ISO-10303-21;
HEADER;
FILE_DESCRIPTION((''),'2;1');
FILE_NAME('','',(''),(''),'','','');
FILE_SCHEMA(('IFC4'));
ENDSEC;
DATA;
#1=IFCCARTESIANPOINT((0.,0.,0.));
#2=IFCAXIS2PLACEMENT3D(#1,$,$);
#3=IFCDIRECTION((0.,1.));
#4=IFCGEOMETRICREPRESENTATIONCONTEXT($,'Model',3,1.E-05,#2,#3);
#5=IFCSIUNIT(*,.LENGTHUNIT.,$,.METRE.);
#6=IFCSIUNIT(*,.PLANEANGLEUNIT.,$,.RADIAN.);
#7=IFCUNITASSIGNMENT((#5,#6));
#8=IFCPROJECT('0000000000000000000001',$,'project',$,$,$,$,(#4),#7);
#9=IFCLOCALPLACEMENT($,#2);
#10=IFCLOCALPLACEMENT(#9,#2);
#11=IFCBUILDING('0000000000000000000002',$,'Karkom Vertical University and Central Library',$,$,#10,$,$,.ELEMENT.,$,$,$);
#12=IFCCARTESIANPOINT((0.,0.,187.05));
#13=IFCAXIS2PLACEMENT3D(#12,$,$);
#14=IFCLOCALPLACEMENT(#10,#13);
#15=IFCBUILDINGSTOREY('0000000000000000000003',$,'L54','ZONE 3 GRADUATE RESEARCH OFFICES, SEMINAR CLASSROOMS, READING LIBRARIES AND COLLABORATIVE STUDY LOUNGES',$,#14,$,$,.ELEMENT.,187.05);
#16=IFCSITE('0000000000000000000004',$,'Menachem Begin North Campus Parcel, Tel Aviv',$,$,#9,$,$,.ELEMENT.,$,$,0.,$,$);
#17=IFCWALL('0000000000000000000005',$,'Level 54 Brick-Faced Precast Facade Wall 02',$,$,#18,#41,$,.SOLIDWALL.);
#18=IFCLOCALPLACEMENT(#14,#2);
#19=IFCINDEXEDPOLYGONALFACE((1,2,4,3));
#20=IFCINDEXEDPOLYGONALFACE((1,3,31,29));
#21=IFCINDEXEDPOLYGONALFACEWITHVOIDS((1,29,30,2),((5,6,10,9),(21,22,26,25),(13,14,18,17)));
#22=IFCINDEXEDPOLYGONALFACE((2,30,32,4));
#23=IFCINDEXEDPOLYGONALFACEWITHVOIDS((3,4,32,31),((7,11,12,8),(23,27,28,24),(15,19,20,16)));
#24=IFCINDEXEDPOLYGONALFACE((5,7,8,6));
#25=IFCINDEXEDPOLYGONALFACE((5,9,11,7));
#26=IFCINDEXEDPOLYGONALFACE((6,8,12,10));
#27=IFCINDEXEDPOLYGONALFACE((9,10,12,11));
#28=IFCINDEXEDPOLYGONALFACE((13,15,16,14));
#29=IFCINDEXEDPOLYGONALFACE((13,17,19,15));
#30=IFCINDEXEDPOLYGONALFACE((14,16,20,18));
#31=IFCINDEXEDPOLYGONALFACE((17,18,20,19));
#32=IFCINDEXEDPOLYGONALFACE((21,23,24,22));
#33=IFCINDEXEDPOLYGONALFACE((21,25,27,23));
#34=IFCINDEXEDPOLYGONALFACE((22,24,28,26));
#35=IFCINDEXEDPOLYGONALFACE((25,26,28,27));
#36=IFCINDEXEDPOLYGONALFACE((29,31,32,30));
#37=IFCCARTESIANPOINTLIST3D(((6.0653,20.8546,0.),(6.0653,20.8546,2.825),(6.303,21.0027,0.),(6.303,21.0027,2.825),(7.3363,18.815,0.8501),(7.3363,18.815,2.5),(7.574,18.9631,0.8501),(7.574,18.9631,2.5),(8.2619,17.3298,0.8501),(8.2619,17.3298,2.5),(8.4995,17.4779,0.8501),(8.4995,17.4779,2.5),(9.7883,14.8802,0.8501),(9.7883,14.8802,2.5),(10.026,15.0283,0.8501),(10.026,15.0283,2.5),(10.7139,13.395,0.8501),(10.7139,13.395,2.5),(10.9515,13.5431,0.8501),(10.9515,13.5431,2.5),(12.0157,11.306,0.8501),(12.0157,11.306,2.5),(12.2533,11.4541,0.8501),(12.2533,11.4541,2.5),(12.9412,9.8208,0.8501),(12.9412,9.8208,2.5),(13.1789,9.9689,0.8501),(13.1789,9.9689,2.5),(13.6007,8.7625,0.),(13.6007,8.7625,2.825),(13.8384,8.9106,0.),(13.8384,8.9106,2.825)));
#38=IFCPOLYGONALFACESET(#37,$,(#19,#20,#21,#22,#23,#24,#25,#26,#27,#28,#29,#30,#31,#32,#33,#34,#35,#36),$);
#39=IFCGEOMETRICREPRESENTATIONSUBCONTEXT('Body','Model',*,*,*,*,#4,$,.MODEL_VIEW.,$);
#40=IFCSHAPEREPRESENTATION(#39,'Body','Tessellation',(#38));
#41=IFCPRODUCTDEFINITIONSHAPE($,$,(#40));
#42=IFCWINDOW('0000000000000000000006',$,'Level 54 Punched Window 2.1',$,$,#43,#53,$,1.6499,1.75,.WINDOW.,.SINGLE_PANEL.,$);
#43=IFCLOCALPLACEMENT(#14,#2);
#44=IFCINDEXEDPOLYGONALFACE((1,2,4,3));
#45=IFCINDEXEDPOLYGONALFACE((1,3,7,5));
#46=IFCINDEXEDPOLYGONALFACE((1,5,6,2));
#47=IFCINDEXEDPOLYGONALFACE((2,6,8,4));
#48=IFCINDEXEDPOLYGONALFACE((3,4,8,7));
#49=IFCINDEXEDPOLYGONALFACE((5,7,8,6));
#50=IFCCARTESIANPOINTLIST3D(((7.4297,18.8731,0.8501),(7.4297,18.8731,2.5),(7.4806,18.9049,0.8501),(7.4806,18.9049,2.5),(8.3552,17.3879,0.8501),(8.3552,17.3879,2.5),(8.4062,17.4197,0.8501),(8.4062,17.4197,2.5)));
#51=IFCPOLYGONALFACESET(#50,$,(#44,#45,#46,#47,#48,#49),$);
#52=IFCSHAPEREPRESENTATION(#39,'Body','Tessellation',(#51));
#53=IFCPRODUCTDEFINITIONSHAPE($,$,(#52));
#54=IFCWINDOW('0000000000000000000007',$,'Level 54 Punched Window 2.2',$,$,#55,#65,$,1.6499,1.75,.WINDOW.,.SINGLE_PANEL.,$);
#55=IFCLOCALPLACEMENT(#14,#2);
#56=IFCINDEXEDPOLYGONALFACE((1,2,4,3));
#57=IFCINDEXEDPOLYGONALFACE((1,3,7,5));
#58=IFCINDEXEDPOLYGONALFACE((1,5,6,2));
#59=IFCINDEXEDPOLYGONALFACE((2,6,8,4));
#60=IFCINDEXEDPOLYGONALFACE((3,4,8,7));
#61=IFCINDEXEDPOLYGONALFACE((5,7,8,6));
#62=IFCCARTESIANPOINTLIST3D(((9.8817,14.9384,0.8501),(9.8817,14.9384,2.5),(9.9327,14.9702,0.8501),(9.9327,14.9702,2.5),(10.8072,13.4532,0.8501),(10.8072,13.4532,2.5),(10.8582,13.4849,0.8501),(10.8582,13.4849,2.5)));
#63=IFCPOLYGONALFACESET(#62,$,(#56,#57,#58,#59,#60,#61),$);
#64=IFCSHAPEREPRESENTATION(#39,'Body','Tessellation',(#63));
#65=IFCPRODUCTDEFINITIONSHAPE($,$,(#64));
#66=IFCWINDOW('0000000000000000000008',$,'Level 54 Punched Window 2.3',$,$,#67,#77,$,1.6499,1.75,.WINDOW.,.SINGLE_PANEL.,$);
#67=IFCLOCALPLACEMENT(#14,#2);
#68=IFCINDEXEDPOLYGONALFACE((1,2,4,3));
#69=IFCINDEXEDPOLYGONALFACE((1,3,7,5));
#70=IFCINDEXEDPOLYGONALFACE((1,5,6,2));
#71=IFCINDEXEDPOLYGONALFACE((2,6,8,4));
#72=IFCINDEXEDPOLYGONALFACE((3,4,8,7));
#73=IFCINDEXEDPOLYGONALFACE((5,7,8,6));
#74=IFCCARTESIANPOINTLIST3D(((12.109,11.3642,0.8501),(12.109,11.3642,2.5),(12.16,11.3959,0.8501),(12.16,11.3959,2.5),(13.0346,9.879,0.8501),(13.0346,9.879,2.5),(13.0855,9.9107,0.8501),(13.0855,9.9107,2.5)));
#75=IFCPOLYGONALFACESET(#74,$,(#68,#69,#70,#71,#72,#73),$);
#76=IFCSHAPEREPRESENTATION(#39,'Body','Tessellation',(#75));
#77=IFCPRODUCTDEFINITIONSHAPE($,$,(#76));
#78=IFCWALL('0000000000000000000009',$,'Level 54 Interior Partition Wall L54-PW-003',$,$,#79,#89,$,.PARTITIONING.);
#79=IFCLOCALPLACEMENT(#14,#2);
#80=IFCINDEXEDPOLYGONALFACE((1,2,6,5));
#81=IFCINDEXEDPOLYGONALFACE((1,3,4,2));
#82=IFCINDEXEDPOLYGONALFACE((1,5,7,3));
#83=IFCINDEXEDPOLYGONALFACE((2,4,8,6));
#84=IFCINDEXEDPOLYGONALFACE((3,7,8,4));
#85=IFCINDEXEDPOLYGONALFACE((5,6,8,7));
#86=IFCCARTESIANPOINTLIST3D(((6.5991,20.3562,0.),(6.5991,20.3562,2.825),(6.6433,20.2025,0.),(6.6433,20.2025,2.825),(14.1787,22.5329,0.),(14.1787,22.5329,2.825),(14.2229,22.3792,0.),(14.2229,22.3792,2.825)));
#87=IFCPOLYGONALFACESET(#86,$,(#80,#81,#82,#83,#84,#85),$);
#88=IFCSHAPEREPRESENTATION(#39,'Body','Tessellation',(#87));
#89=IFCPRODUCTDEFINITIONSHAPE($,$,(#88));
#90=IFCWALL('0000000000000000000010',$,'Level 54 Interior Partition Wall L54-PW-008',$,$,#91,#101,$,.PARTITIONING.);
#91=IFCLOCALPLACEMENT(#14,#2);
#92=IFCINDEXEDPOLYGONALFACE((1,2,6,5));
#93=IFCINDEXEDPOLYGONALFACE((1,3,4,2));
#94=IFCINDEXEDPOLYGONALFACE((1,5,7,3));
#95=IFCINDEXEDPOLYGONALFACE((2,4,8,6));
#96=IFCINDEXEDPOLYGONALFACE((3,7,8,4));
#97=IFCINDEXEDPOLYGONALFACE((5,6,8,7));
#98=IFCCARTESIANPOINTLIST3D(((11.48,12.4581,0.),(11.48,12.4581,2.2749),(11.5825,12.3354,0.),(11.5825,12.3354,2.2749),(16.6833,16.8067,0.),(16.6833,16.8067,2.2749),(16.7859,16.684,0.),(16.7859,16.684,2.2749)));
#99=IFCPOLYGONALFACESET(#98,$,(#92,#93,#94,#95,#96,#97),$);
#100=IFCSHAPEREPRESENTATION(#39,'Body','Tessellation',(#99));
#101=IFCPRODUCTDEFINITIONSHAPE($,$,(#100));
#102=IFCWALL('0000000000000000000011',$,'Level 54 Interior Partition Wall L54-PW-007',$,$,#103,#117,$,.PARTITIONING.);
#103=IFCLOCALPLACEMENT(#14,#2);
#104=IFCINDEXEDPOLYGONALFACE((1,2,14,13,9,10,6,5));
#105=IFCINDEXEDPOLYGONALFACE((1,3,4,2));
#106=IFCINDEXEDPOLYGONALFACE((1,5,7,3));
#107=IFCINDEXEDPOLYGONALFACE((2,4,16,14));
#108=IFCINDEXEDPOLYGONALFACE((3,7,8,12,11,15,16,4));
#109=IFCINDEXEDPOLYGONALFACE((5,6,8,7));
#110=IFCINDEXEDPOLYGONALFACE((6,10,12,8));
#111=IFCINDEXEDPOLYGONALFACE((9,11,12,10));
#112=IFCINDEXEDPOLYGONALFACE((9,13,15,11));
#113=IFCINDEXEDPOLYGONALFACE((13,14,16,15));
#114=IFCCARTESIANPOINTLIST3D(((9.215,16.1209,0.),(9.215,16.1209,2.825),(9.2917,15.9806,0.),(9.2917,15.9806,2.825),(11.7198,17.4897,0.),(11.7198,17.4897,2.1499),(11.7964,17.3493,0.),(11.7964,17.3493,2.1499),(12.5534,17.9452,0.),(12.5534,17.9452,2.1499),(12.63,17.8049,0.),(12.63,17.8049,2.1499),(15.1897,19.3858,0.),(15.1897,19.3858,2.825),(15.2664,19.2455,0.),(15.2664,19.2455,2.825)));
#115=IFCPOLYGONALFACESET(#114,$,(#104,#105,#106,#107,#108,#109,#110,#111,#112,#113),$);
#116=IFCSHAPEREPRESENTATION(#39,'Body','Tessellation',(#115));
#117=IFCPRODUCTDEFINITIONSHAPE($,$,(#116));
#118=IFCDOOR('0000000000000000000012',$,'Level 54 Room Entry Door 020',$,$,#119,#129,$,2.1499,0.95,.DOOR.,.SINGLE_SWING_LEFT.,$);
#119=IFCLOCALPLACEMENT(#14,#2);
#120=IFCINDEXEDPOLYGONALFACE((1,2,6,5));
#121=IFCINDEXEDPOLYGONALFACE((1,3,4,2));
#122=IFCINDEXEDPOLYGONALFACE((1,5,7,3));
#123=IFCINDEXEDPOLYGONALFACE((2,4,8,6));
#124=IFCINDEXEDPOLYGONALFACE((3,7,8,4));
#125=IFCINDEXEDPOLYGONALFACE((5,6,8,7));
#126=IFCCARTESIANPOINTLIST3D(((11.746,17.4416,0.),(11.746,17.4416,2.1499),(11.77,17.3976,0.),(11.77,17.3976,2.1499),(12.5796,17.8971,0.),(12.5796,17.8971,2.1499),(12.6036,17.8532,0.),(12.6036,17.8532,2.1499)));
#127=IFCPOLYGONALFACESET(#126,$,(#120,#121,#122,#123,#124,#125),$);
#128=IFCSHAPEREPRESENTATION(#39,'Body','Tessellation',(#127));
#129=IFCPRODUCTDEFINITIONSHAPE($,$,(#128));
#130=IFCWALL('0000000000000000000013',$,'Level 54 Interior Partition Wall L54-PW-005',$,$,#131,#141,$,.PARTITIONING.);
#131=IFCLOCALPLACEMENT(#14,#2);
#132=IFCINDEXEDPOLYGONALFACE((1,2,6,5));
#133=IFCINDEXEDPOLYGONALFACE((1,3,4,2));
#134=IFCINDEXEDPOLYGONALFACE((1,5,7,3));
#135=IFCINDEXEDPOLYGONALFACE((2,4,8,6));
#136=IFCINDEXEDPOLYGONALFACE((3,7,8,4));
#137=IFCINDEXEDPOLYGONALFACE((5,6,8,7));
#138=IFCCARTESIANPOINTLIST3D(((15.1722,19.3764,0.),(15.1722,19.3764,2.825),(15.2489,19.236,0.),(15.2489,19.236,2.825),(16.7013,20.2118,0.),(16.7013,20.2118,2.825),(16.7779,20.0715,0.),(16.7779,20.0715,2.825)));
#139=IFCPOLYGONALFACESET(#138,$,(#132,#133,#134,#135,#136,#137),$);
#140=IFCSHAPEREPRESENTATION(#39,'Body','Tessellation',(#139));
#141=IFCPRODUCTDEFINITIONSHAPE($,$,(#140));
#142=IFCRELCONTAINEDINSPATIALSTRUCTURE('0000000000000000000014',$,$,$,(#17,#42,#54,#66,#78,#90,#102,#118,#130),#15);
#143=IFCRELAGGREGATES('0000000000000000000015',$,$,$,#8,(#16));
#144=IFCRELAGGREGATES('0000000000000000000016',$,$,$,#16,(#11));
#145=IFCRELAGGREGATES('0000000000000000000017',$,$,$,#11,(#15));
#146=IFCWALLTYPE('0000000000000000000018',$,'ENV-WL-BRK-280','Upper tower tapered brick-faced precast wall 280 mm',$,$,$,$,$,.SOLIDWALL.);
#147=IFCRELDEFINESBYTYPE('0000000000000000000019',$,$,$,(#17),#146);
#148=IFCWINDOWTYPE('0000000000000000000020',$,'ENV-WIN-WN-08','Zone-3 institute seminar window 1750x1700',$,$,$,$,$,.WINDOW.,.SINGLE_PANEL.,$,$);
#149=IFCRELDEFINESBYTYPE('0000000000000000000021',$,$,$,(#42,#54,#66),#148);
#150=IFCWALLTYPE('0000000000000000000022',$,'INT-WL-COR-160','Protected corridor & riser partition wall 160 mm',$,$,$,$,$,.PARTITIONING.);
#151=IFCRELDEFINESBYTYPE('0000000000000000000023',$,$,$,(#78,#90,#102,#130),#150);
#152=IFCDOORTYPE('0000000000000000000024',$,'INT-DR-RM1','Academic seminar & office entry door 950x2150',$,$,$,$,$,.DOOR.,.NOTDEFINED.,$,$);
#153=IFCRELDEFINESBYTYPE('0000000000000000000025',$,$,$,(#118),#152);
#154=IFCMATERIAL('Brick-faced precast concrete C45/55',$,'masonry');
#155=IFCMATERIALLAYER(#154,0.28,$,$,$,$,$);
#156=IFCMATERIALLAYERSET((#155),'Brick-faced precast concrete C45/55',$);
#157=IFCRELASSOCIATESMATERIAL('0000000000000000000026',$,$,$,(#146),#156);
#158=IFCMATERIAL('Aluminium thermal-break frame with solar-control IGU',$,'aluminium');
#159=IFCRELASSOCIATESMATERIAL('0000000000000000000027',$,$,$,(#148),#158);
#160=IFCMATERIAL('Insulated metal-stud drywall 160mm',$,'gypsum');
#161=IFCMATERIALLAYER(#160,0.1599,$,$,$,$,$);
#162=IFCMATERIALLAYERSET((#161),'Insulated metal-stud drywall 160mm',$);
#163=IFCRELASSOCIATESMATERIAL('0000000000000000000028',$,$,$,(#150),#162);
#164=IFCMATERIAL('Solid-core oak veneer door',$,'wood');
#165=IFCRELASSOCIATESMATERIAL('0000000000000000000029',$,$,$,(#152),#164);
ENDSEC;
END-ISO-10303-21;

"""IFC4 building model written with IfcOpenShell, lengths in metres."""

from ifc_helpers import new_model, si_unit, direction, frame, frame_2d, origin, origin_with_axes, place, context, subcontext, project, spatial, rectangle, extrude, source, transform, mapped, material, layer, layer_set, type_object, element, fill, save


model = new_model("IFC4")

# Units and contexts
model_context = context("Model", 3, precision=1e-05, world=origin(), true_north=direction((0.0, 1.0)))
body_context = subcontext(model_context, "Body", "Model", "MODEL_VIEW")
ifc_project = project(units=[si_unit("LENGTHUNIT", "METRE"), si_unit("PLANEANGLEUNIT", "RADIAN")], contexts=[model_context])

# Site, building, storey
site_placement = place(None, origin())
site = spatial("IfcSite", under=ifc_project, at=site_placement, Name="Menachem Begin North Campus Parcel, Tel Aviv", CompositionType="ELEMENT", RefElevation=0.0)
building_placement = place(site_placement, origin())
building = spatial("IfcBuilding", under=site, at=building_placement, Name="Karkom Vertical University and Central Library", CompositionType="ELEMENT")
storey_placement = place(building_placement, frame((0.0, 0.0, 187.05)))
storey = spatial("IfcBuildingStorey", under=building, at=storey_placement, Name="L54", Description="ZONE 3 GRADUATE RESEARCH OFFICES, SEMINAR CLASSROOMS, READING LIBRARIES AND COLLABORATIVE STUDY LOUNGES", CompositionType="ELEMENT", Elevation=187.05)

# Wall, openings, windows
ifc_material_1 = material(Name="Brick-faced precast concrete C45/55", Category="masonry")
ifc_layer_1 = layer(ifc_material_1, 0.28)
ifc_layer_set_1 = layer_set([ifc_layer_1], Name="Brick-faced precast concrete C45/55")
wall_type_1 = type_object("IfcWallType", Name="ENV-WL-BRK-280", Description="Upper tower tapered brick-faced precast wall 280 mm", PredefinedType="SOLIDWALL", material=ifc_layer_set_1)
wall_1_placement = place(storey_placement, frame((6.1841, 20.9287, 0.0), z_axis=(0.0, 0.0, 1.0), x_axis=(0.528882, -0.848695, 0.0)))
wall_1 = element("IfcWall", 1, at=wall_1_placement, inside=storey, type_object=wall_type_1, Name="Level 54 Brick-Faced Precast Facade Wall 02", PredefinedType="SOLIDWALL", context=body_context, shape_type="SweptSolid", body=[
    extrude(rectangle(XDim=14.2478, YDim=0.28, at=frame_2d((7.124, 0.0))), origin(), (0.0, 0.0, 1.0), 2.825),
])
opening_1_placement = place(wall_1_placement, frame((2.4033, 0.0, 0.8501)))
opening_1 = element("IfcOpeningElement", 2, at=opening_1_placement, cuts=wall_1, PredefinedType="OPENING", context=body_context, shape_type="SweptSolid", body=[
    extrude(rectangle(XDim=1.75, YDim=1.6499, at=frame_2d((0.875, 0.825))), frame((0.0, 0.1499, 0.0), z_axis=(0.0, -1.0, 0.0), x_axis=(1.0, 0.0, 0.0)), (0.0, 0.0, 1.0), 0.3),
])
opening_2_placement = place(wall_1_placement, frame((7.0396, 0.0, 0.8501)))
opening_2 = element("IfcOpeningElement", 3, at=opening_2_placement, cuts=wall_1, PredefinedType="OPENING", context=body_context, shape_type="SweptSolid", body=[
    extrude(rectangle(XDim=1.75, YDim=1.6499, at=frame_2d((0.875, 0.825))), frame((0.0, 0.1499, 0.0), z_axis=(0.0, -1.0, 0.0), x_axis=(1.0, 0.0, 0.0)), (0.0, 0.0, 1.0), 0.3),
])
opening_3_placement = place(wall_1_placement, frame((11.251, 0.0, 0.8501)))
opening_3 = element("IfcOpeningElement", 4, at=opening_3_placement, cuts=wall_1, PredefinedType="OPENING", context=body_context, shape_type="SweptSolid", body=[
    extrude(rectangle(XDim=1.75, YDim=1.6499, at=frame_2d((0.875, 0.825))), frame((0.0, 0.1499, 0.0), z_axis=(0.0, -1.0, 0.0), x_axis=(1.0, 0.0, 0.0)), (0.0, 0.0, 1.0), 0.3),
])
ifc_material_2 = material(Name="Aluminium thermal-break frame with solar-control IGU", Category="aluminium")
window_type = type_object("IfcWindowType", Name="ENV-WIN-WN-08", Description="Zone-3 institute seminar window 1750x1700", PartitioningType="SINGLE_PANEL", PredefinedType="WINDOW", material=ifc_material_2)
shared_shape_1 = source(origin_with_axes(), body_context, "Body", "SweptSolid", [
    extrude(rectangle(XDim=1.75, YDim=1.6499, at=frame_2d((0.875, 0.825))), frame((0.0, 0.03, 0.0), z_axis=(0.0, -1.0, 0.0), x_axis=(1.0, 0.0, 0.0)), (0.0, 0.0, 1.0), 0.0601),
])
window_1_placement = place(opening_1_placement, origin())
window_1 = element("IfcWindow", 5, at=window_1_placement, inside=storey, type_object=window_type, Name="Level 54 Punched Window 2.1", OverallHeight=1.6499, OverallWidth=1.75, PartitioningType="SINGLE_PANEL", PredefinedType="WINDOW", context=body_context, shape_type="MappedRepresentation", body=[
    mapped(shared_shape_1, transform((0.0, 0.0, 0.0), scale=1.0)),
])
fill(opening_1, window_1)
window_2_placement = place(opening_2_placement, origin())
window_2 = element("IfcWindow", 6, at=window_2_placement, inside=storey, type_object=window_type, Name="Level 54 Punched Window 2.2", OverallHeight=1.6499, OverallWidth=1.75, PartitioningType="SINGLE_PANEL", PredefinedType="WINDOW", context=body_context, shape_type="MappedRepresentation", body=[
    mapped(shared_shape_1, transform((0.0, 0.0, 0.0), scale=1.0)),
])
fill(opening_2, window_2)
window_3_placement = place(opening_3_placement, origin())
window_3 = element("IfcWindow", 7, at=window_3_placement, inside=storey, type_object=window_type, Name="Level 54 Punched Window 2.3", OverallHeight=1.6499, OverallWidth=1.75, PartitioningType="SINGLE_PANEL", PredefinedType="WINDOW", context=body_context, shape_type="MappedRepresentation", body=[
    mapped(shared_shape_1, transform((0.0, 0.0, 0.0), scale=1.0)),
])
fill(opening_3, window_3)

# Walls
ifc_material_3 = material(Name="Insulated metal-stud drywall 160mm", Category="gypsum")
ifc_layer_2 = layer(ifc_material_3, 0.1599)
ifc_layer_set_2 = layer_set([ifc_layer_2], Name="Insulated metal-stud drywall 160mm")
wall_type_2 = type_object("IfcWallType", Name="INT-WL-COR-160", Description="Protected corridor & riser partition wall 160 mm", PredefinedType="PARTITIONING", material=ifc_layer_set_2)
wall_2_placement = place(storey_placement, frame((14.2007, 22.4561, 0.0), z_axis=(0.0, 0.0, 1.0), x_axis=(-0.961149, -0.276029, 0.0)))
element("IfcWall", 8, at=wall_2_placement, inside=storey, type_object=wall_type_2, Name="Level 54 Interior Partition Wall L54-PW-003", PredefinedType="PARTITIONING", context=body_context, shape_type="SweptSolid", body=[
    extrude(rectangle(XDim=7.886, YDim=0.1599, at=frame_2d((3.9429, 0.0))), origin(), (0.0, 0.0, 1.0), 2.825),
])
wall_3_placement = place(storey_placement, frame((16.7346, 16.7454, 0.0), z_axis=(0.0, 0.0, 1.0), x_axis=(-0.767315, -0.641271, 0.0)))
element("IfcWall", 9, at=wall_3_placement, inside=storey, type_object=wall_type_2, Name="Level 54 Interior Partition Wall L54-PW-008", PredefinedType="PARTITIONING", context=body_context, shape_type="SweptSolid", body=[
    extrude(rectangle(XDim=6.7812, YDim=0.1599, at=frame_2d((3.3906, 0.0))), origin(), (0.0, 0.0, 1.0), 2.2749),
])

# Wall, opening, door
wall_4_placement = place(storey_placement, frame((15.228, 19.3157, 0.0), z_axis=(0.0, 0.0, 1.0), x_axis=(-0.877524, -0.479533, 0.0)))
wall_4 = element("IfcWall", 10, at=wall_4_placement, inside=storey, type_object=wall_type_2, Name="Level 54 Interior Partition Wall L54-PW-007", PredefinedType="PARTITIONING", context=body_context, shape_type="SweptSolid", body=[
    extrude(rectangle(XDim=6.8086, YDim=0.1599, at=frame_2d((3.4043, 0.0))), origin(), (0.0, 0.0, 1.0), 2.825),
])
opening_4_placement = place(wall_4_placement, frame((3.0042, 0.0, 0.0)))
opening_4 = element("IfcOpeningElement", 11, at=opening_4_placement, cuts=wall_4, PredefinedType="OPENING", context=body_context, shape_type="SweptSolid", body=[
    extrude(rectangle(XDim=0.95, YDim=2.1499, at=frame_2d((0.4751, 1.075))), frame((0.0, 0.0898, 0.0), z_axis=(0.0, -1.0, 0.0), x_axis=(1.0, 0.0, 0.0)), (0.0, 0.0, 1.0), 0.1799),
])
ifc_material_4 = material(Name="Solid-core oak veneer door", Category="wood")
door_type_1 = type_object("IfcDoorType", Name="INT-DR-RM1", Description="Academic seminar & office entry door 950x2150", OperationType="NOTDEFINED", PredefinedType="DOOR", material=ifc_material_4)
shared_shape_2 = source(origin_with_axes(), body_context, "Body", "SweptSolid", [
    extrude(rectangle(XDim=0.95, YDim=2.1499, at=frame_2d((0.4751, 1.075))), frame((0.0, 0.0249, 0.0), z_axis=(0.0, -1.0, 0.0), x_axis=(1.0, 0.0, 0.0)), (0.0, 0.0, 1.0), 0.05),
])
door_1_placement = place(opening_4_placement, origin())
door_1 = element("IfcDoor", 12, at=door_1_placement, inside=storey, type_object=door_type_1, Name="Level 54 Room Entry Door 020", OperationType="SINGLE_SWING_LEFT", OverallHeight=2.1499, OverallWidth=0.95, PredefinedType="DOOR", context=body_context, shape_type="MappedRepresentation", body=[
    mapped(shared_shape_2, transform((0.0, 0.0, 0.0), scale=1.0)),
])
fill(opening_4, door_1)

# Wall
wall_5_placement = place(storey_placement, frame((16.7395, 20.1416, 0.0), z_axis=(0.0, 0.0, 1.0), x_axis=(-0.877553, -0.47948, 0.0)))
element("IfcWall", 13, at=wall_5_placement, inside=storey, type_object=wall_type_2, Name="Level 54 Interior Partition Wall L54-PW-005", PredefinedType="PARTITIONING", context=body_context, shape_type="SweptSolid", body=[
    extrude(rectangle(XDim=1.7424, YDim=0.1599, at=frame_2d((0.8711, 0.0))), origin(), (0.0, 0.0, 1.0), 2.825),
])

save(model, "model.ifc")
